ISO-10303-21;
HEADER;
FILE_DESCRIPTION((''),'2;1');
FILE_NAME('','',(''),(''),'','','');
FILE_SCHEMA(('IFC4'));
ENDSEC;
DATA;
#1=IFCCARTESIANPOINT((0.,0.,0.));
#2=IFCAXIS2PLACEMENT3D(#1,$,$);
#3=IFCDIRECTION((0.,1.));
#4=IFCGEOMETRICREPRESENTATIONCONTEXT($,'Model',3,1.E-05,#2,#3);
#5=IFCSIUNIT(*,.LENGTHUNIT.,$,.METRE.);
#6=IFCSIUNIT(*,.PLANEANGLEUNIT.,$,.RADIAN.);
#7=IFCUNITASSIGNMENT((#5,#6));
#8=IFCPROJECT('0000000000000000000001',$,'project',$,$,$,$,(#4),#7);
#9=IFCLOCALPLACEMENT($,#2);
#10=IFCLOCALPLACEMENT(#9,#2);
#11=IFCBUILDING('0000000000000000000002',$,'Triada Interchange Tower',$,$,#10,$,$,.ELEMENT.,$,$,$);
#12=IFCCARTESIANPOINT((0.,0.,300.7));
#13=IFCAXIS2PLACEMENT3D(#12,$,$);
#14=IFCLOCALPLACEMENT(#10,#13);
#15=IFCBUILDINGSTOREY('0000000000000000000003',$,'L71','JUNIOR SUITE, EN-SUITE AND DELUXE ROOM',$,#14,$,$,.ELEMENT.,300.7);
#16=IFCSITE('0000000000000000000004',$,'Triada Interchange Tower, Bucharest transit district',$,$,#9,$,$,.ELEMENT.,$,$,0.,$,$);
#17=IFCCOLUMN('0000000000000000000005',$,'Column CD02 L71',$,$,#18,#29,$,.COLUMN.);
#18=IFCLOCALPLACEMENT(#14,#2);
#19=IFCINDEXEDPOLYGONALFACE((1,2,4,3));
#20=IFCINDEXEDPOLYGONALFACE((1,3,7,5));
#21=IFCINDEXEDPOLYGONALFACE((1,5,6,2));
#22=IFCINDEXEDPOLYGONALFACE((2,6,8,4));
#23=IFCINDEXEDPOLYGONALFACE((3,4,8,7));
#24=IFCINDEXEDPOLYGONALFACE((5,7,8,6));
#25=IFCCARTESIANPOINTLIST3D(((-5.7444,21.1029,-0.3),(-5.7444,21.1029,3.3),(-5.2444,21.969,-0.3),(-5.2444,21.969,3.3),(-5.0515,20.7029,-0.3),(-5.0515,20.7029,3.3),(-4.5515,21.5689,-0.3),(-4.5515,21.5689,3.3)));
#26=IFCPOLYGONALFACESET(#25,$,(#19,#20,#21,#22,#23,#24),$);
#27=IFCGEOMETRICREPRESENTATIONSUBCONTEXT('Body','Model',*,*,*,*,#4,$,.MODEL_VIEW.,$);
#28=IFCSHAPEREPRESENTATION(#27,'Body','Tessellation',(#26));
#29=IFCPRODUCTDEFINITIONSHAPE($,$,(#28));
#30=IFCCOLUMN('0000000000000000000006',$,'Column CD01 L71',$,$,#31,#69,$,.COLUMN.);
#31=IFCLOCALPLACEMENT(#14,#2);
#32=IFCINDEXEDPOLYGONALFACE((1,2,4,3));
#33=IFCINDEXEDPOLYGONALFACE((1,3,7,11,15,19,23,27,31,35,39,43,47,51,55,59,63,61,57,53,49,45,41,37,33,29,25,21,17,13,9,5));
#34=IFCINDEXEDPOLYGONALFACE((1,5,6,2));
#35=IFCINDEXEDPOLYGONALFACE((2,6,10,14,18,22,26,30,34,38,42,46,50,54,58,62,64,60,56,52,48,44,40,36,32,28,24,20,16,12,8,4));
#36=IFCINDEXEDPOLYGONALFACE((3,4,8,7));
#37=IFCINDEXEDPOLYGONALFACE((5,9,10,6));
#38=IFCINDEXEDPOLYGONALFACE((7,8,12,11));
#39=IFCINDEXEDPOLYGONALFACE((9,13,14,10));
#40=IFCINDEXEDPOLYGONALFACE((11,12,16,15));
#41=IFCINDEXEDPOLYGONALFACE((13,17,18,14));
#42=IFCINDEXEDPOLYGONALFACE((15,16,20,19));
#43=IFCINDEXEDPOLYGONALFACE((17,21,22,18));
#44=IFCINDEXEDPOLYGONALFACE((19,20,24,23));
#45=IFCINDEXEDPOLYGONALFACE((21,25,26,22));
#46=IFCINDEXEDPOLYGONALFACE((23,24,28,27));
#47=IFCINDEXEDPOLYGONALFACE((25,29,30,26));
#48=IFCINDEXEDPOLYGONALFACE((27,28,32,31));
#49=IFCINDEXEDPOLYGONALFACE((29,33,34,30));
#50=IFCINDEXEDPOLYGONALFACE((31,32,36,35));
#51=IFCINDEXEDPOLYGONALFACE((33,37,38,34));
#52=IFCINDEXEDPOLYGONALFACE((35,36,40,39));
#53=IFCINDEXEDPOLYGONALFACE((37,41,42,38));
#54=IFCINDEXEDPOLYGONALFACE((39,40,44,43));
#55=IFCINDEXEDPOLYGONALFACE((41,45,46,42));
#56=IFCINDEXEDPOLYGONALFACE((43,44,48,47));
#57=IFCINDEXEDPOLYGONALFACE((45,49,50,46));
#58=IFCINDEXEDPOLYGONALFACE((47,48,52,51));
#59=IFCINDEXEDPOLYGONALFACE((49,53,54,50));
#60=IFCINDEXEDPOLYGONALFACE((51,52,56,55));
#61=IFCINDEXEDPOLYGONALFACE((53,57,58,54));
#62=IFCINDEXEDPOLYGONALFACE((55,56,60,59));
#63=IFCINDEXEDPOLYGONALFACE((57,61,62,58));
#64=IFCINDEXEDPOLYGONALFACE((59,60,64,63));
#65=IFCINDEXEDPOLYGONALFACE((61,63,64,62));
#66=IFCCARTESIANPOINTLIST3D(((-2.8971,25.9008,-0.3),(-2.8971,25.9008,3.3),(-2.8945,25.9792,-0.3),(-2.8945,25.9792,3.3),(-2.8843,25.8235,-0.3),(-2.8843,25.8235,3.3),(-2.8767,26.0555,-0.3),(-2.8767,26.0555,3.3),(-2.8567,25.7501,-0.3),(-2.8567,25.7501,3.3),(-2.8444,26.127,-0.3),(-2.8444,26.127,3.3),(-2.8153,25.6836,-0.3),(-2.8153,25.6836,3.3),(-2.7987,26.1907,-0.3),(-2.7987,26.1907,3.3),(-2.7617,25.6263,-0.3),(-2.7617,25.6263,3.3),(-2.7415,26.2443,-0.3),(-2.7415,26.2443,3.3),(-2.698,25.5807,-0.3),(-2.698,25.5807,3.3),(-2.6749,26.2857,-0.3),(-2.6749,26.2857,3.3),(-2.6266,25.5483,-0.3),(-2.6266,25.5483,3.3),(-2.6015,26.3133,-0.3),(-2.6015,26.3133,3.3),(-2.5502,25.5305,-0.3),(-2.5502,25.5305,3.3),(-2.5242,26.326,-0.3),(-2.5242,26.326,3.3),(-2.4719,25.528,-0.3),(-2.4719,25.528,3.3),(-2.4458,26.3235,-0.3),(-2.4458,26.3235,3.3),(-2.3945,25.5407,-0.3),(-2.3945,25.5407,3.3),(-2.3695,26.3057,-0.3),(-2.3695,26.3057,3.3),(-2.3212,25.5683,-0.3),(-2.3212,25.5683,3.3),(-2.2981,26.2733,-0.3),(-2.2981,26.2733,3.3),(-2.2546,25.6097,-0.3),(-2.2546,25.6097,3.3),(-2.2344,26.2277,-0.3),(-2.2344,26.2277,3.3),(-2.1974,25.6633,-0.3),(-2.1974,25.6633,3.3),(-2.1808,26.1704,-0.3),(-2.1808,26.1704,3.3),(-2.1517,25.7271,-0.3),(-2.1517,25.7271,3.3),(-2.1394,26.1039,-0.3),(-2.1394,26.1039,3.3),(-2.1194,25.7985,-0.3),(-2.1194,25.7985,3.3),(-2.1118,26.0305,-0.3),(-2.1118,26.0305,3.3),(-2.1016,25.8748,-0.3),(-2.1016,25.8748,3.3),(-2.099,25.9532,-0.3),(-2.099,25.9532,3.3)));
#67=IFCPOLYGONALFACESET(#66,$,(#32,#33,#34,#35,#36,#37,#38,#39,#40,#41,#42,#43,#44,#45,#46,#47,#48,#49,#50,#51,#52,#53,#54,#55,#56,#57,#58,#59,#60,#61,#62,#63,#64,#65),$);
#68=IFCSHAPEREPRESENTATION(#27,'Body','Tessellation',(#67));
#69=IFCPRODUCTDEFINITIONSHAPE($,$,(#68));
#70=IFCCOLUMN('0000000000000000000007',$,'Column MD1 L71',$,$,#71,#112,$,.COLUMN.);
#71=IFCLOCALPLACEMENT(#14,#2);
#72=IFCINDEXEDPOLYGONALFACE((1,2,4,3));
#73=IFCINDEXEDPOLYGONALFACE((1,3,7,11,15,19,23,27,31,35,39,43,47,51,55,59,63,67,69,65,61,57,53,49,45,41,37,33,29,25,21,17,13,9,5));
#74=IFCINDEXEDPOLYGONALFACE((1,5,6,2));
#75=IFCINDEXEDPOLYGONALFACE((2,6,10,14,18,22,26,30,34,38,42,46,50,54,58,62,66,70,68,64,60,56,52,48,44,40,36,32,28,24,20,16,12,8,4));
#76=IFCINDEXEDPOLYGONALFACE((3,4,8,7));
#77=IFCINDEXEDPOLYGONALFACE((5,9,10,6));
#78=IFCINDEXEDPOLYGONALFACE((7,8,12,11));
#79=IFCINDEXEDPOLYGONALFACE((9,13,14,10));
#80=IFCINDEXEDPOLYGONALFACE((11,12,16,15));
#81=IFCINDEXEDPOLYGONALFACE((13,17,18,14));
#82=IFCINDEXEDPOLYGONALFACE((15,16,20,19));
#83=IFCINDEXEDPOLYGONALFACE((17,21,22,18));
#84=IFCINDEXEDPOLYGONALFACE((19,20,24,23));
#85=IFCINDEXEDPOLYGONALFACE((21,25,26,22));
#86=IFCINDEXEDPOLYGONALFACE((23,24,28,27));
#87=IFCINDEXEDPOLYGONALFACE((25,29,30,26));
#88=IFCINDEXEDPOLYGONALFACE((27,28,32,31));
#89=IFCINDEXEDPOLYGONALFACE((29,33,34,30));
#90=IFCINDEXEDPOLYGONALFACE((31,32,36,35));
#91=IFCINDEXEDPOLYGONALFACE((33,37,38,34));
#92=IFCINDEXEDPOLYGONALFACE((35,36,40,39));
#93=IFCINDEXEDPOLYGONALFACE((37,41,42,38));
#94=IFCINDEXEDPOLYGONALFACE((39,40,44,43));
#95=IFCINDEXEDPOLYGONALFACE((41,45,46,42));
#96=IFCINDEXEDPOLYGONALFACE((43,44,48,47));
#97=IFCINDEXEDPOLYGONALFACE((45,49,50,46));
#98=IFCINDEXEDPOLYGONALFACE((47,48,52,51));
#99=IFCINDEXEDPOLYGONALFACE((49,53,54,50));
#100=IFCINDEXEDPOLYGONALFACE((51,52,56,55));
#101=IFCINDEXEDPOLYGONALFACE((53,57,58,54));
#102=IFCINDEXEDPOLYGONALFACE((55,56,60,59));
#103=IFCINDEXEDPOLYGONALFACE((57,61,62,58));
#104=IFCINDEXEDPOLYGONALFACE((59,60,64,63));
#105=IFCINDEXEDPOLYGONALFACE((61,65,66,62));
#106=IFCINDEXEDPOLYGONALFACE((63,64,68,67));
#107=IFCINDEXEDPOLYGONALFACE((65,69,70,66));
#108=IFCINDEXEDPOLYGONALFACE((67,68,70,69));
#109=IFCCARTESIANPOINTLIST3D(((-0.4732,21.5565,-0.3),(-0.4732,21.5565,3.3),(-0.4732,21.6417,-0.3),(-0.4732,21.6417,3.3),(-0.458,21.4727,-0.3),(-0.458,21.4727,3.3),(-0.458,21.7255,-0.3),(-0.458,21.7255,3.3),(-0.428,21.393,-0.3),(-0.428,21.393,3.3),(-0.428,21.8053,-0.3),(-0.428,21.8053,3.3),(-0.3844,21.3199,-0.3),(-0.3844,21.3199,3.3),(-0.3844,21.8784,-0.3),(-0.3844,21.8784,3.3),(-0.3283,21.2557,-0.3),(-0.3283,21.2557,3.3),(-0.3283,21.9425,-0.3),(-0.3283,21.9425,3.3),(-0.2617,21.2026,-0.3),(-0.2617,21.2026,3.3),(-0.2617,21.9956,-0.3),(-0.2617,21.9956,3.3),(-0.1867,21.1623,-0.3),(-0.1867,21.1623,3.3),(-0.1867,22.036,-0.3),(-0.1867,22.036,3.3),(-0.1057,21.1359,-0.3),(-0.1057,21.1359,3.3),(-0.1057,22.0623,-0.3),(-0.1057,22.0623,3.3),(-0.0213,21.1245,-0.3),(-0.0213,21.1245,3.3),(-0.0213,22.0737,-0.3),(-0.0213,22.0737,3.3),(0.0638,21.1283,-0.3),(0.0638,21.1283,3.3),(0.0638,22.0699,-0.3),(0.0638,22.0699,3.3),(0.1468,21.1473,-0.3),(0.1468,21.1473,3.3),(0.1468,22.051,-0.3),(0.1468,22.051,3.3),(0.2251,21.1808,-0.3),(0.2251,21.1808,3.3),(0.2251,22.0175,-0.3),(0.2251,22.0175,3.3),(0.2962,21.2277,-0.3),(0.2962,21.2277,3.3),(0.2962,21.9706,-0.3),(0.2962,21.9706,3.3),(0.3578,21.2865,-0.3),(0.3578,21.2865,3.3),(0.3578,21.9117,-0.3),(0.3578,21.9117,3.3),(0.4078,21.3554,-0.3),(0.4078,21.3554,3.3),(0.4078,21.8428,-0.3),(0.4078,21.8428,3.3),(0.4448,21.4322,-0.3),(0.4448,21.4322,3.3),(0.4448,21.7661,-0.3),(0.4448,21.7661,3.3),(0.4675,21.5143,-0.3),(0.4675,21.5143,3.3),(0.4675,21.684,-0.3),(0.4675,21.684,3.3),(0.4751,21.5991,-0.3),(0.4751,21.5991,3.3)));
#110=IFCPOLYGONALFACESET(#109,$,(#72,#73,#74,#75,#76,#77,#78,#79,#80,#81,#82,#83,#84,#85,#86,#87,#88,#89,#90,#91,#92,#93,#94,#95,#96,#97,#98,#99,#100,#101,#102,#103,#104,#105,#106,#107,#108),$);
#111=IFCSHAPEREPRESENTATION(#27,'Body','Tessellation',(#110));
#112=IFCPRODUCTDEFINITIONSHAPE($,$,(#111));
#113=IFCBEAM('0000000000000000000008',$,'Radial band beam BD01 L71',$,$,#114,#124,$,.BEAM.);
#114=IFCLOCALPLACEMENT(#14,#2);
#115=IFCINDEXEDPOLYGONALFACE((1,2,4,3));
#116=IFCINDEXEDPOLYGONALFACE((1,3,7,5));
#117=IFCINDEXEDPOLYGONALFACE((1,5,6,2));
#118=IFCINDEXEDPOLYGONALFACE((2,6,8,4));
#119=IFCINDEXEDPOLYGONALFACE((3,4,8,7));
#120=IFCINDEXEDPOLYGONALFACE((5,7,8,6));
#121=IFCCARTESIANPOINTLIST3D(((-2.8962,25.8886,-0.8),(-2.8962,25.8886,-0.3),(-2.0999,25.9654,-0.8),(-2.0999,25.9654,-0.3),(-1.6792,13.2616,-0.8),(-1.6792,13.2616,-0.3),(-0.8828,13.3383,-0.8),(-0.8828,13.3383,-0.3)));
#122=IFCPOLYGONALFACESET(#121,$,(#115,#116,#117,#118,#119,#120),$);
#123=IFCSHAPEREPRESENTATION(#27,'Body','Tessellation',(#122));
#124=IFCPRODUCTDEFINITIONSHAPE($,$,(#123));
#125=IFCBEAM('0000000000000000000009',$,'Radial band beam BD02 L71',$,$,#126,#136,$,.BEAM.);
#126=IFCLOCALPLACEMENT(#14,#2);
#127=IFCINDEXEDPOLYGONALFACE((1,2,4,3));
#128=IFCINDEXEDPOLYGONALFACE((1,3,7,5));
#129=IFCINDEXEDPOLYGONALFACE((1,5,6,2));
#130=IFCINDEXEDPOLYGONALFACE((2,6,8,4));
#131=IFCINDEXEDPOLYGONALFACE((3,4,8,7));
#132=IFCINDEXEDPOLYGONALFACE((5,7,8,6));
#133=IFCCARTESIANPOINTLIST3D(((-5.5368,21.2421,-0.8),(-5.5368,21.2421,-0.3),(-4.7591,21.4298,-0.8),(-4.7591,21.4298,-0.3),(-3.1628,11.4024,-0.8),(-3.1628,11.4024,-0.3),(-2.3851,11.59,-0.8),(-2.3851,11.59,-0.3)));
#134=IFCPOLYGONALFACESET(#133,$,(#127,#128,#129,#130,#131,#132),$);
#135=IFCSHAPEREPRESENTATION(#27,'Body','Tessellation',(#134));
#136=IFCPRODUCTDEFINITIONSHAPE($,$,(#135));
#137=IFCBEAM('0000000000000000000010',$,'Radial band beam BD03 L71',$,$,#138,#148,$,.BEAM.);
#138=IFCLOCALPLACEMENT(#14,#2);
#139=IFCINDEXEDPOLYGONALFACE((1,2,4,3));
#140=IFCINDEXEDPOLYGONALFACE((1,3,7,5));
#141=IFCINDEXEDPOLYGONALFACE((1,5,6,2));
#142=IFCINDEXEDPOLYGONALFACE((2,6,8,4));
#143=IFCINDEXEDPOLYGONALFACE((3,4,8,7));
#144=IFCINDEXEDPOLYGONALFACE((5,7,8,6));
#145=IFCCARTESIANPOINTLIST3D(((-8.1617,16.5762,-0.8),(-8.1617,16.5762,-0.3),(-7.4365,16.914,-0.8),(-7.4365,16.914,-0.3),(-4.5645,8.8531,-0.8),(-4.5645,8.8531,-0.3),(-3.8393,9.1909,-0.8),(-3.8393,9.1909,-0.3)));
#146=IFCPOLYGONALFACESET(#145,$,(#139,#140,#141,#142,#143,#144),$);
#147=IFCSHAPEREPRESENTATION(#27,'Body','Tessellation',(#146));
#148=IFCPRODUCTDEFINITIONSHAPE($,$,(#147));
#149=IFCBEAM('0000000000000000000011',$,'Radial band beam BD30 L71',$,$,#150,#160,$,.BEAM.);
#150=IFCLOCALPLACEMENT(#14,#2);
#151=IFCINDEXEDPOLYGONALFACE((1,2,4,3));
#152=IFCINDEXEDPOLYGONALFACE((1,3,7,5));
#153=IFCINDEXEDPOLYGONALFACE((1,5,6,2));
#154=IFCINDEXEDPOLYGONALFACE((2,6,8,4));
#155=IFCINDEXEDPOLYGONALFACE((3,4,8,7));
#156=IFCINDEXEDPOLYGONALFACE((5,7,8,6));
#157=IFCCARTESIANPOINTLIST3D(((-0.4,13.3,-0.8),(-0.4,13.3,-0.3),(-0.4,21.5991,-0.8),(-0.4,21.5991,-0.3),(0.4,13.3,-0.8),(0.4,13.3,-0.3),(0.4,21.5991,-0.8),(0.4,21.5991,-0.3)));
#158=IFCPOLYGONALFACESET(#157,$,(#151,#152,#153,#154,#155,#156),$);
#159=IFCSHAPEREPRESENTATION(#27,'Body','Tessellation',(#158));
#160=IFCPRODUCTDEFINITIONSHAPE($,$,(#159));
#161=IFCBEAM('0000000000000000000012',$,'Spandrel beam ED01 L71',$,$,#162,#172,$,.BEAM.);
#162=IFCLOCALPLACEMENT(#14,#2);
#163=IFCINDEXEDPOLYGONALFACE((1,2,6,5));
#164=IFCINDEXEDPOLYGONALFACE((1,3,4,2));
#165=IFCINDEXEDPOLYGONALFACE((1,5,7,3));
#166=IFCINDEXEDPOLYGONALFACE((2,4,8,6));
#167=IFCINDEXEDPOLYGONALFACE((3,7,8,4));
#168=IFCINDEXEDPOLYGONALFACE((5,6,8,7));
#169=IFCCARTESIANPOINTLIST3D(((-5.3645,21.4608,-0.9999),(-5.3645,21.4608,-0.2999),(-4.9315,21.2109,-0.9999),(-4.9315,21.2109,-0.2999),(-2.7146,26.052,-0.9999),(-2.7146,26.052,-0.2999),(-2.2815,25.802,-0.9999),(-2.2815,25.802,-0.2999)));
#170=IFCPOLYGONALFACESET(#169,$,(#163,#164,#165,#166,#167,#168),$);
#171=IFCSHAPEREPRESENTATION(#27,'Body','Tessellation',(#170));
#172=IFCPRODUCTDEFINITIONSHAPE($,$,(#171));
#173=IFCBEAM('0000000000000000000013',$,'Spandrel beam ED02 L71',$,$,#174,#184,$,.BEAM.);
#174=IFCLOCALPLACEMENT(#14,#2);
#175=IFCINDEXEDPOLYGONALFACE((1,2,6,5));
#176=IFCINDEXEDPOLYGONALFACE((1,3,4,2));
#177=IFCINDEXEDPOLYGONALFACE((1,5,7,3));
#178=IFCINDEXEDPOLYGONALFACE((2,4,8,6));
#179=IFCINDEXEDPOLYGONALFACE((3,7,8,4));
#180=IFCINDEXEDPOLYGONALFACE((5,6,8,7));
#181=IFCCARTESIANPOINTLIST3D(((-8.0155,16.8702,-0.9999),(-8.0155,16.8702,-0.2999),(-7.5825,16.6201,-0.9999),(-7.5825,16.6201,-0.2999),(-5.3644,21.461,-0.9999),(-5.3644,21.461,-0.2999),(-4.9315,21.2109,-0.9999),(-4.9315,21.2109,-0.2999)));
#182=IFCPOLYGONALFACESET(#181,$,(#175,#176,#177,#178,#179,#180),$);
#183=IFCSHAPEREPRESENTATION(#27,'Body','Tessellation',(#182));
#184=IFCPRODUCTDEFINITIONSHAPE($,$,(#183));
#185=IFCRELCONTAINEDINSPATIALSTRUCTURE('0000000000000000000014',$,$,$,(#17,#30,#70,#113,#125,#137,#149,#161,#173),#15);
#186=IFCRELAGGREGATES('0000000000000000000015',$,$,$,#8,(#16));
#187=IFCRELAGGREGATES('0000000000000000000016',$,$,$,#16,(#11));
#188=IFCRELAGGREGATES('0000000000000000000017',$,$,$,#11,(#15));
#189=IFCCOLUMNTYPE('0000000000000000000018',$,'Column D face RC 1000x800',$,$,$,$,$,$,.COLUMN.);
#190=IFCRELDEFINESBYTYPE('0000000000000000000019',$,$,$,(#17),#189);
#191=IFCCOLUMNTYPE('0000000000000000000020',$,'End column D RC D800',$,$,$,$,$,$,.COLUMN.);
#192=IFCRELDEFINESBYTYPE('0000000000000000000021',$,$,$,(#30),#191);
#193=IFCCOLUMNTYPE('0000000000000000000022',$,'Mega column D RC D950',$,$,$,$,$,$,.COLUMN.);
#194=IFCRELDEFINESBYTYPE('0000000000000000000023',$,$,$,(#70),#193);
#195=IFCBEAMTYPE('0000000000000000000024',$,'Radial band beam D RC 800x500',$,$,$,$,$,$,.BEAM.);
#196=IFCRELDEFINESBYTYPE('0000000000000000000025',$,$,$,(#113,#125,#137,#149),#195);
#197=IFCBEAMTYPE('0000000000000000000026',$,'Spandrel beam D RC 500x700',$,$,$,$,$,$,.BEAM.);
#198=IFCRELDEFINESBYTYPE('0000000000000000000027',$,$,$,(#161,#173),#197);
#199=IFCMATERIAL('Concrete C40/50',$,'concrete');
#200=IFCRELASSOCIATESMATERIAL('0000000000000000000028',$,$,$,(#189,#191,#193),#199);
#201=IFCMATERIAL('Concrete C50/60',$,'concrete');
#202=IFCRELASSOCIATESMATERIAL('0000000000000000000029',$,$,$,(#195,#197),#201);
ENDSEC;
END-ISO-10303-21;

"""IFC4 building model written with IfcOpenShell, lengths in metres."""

from ifc_helpers import new_model, si_unit, direction, frame, origin, origin_2d, place, context, subcontext, project, spatial, rectangle, circle, extrude, material, material_profile, profile_set, type_object, element, save


model = new_model("IFC4")

# Units and contexts
model_context = context("Model", 3, precision=1e-05, world=origin(), true_north=direction((0.0, 1.0)))
body_context = subcontext(model_context, "Body", "Model", "MODEL_VIEW")
ifc_project = project(units=[si_unit("LENGTHUNIT", "METRE"), si_unit("PLANEANGLEUNIT", "RADIAN")], contexts=[model_context])

# Site, building, storey
site_placement = place(None, origin())
site = spatial("IfcSite", under=ifc_project, at=site_placement, Name="Triada Interchange Tower, Bucharest transit district", CompositionType="ELEMENT", RefElevation=0.0)
building_placement = place(site_placement, origin())
building = spatial("IfcBuilding", under=site, at=building_placement, Name="Triada Interchange Tower", CompositionType="ELEMENT")
storey_placement = place(building_placement, frame((0.0, 0.0, 300.7)))
storey = spatial("IfcBuildingStorey", under=building, at=storey_placement, Name="L71", Description="JUNIOR SUITE, EN-SUITE AND DELUXE ROOM", CompositionType="ELEMENT", Elevation=300.7)

# Columns
ifc_material_1 = material(Name="Concrete C40/50", Category="concrete")
ifc_material_profile_1 = material_profile(ifc_material_1, rectangle(XDim=1.0, YDim=0.8, at=origin_2d()), Name="RC 1000x800")
ifc_profile_set_1 = profile_set([ifc_material_profile_1], Name="Concrete C40/50")
column_type_1 = type_object("IfcColumnType", Name="Column D face RC 1000x800", PredefinedType="COLUMN", material=ifc_profile_set_1)
column_1_placement = place(storey_placement, frame((-5.1479, 21.3359, -0.3), z_axis=(0.0, 0.0, 1.0), x_axis=(0.5, 0.866025, 0.0)))
element("IfcColumn", 1, at=column_1_placement, inside=storey, type_object=column_type_1, Name="Column CD02 L71", PredefinedType="COLUMN", context=body_context, shape_type="SweptSolid", body=[
    extrude(rectangle(XDim=1.0, YDim=0.8, at=origin_2d()), origin(), (0.0, 0.0, 1.0), 3.6001),
])
ifc_material_profile_2 = material_profile(ifc_material_1, circle(Radius=0.3999, at=origin_2d()), Name="RC D800")
ifc_profile_set_2 = profile_set([ifc_material_profile_2], Name="Concrete C40/50")
column_type_2 = type_object("IfcColumnType", Name="End column D RC D800", PredefinedType="COLUMN", material=ifc_profile_set_2)
column_2_placement = place(storey_placement, frame((-2.498, 25.927, -0.3), z_axis=(0.0, 0.0, 1.0), x_axis=(0.5, 0.866025, 0.0)))
element("IfcColumn", 2, at=column_2_placement, inside=storey, type_object=column_type_2, Name="Column CD01 L71", PredefinedType="COLUMN", context=body_context, shape_type="SweptSolid", body=[
    extrude(circle(Radius=0.3999, at=origin_2d()), origin(), (0.0, 0.0, 1.0), 3.6001),
])
ifc_material_profile_3 = material_profile(ifc_material_1, circle(Radius=0.4751, at=origin_2d()), Name="RC D950")
ifc_profile_set_3 = profile_set([ifc_material_profile_3], Name="Concrete C40/50")
column_type_3 = type_object("IfcColumnType", Name="Mega column D RC D950", PredefinedType="COLUMN", material=ifc_profile_set_3)
column_3_placement = place(storey_placement, frame((0.0, 21.5991, -0.3), z_axis=(0.0, 0.0, 1.0), x_axis=(1.0, 0.0, 0.0)))
element("IfcColumn", 3, at=column_3_placement, inside=storey, type_object=column_type_3, Name="Column MD1 L71", PredefinedType="COLUMN", context=body_context, shape_type="SweptSolid", body=[
    extrude(circle(Radius=0.4751, at=origin_2d()), origin(), (0.0, 0.0, 1.0), 3.6001),
])

# Beams
ifc_material_2 = material(Name="Concrete C50/60", Category="concrete")
ifc_material_profile_4 = material_profile(ifc_material_2, rectangle(XDim=0.8, YDim=0.5, at=origin_2d()), Name="RC 800x500")
ifc_profile_set_4 = profile_set([ifc_material_profile_4], Name="Concrete C50/60")
beam_type_1 = type_object("IfcBeamType", Name="Radial band beam D RC 800x500", PredefinedType="BEAM", material=ifc_profile_set_4)
beam_1_placement = place(storey_placement, frame((-2.498, 25.927, -0.55), z_axis=(0.09594, -0.995387, 0.0), x_axis=(0.995387, 0.09594, 0.0)))
element("IfcBeam", 4, at=beam_1_placement, inside=storey, type_object=beam_type_1, Name="Radial band beam BD01 L71", PredefinedType="BEAM", context=body_context, shape_type="SweptSolid", body=[
    extrude(rectangle(XDim=0.8, YDim=0.5, at=origin_2d()), origin(), (0.0, 0.0, 1.0), 12.6855),
])
beam_2_placement = place(storey_placement, frame((-5.1479, 21.3359, -0.55), z_axis=(0.234537, -0.972107, 0.0), x_axis=(0.972107, 0.234537, 0.0)))
element("IfcBeam", 5, at=beam_2_placement, inside=storey, type_object=beam_type_1, Name="Radial band beam BD02 L71", PredefinedType="BEAM", context=body_context, shape_type="SweptSolid", body=[
    extrude(rectangle(XDim=0.8, YDim=0.5, at=origin_2d()), origin(), (0.0, 0.0, 1.0), 10.1221),
])
beam_3_placement = place(storey_placement, frame((-7.7991, 16.7451, -0.55), z_axis=(0.422214, -0.906496, 0.0), x_axis=(0.906496, 0.422214, 0.0)))
element("IfcBeam", 6, at=beam_3_placement, inside=storey, type_object=beam_type_1, Name="Radial band beam BD03 L71", PredefinedType="BEAM", context=body_context, shape_type="SweptSolid", body=[
    extrude(rectangle(XDim=0.8, YDim=0.5, at=origin_2d()), origin(), (0.0, 0.0, 1.0), 8.5198),
])
beam_4_placement = place(storey_placement, frame((0.0, 21.5991, -0.55), z_axis=(0.0, -1.0, 0.0), x_axis=(1.0, 0.0, 0.0)))
element("IfcBeam", 7, at=beam_4_placement, inside=storey, type_object=beam_type_1, Name="Radial band beam BD30 L71", PredefinedType="BEAM", context=body_context, shape_type="SweptSolid", body=[
    extrude(rectangle(XDim=0.8, YDim=0.5, at=origin_2d()), origin(), (0.0, 0.0, 1.0), 8.2991),
])
ifc_material_profile_5 = material_profile(ifc_material_2, rectangle(XDim=0.5, YDim=0.7, at=origin_2d()), Name="RC 500x700")
ifc_profile_set_5 = profile_set([ifc_material_profile_5], Name="Concrete C50/60")
beam_type_2 = type_object("IfcBeamType", Name="Spandrel beam D RC 500x700", PredefinedType="BEAM", material=ifc_profile_set_5)
beam_5_placement = place(storey_placement, frame((-2.498, 25.927, -0.6499), z_axis=(-0.499894, -0.866087, 0.0), x_axis=(0.866087, -0.499894, 0.0)))
element("IfcBeam", 8, at=beam_5_placement, inside=storey, type_object=beam_type_2, Name="Spandrel beam ED01 L71", PredefinedType="BEAM", context=body_context, shape_type="SweptSolid", body=[
    extrude(rectangle(XDim=0.5, YDim=0.7, at=origin_2d()), origin(), (0.0, 0.0, 1.0), 5.301),
])
beam_6_placement = place(storey_placement, frame((-5.1479, 21.3359, -0.6499), z_axis=(-0.500087, -0.865975, 0.0), x_axis=(0.865975, -0.500087, 0.0)))
element("IfcBeam", 9, at=beam_6_placement, inside=storey, type_object=beam_type_2, Name="Spandrel beam ED02 L71", PredefinedType="BEAM", context=body_context, shape_type="SweptSolid", body=[
    extrude(rectangle(XDim=0.5, YDim=0.7, at=origin_2d()), origin(), (0.0, 0.0, 1.0), 5.3013),
])

save(model, "model.ifc")
